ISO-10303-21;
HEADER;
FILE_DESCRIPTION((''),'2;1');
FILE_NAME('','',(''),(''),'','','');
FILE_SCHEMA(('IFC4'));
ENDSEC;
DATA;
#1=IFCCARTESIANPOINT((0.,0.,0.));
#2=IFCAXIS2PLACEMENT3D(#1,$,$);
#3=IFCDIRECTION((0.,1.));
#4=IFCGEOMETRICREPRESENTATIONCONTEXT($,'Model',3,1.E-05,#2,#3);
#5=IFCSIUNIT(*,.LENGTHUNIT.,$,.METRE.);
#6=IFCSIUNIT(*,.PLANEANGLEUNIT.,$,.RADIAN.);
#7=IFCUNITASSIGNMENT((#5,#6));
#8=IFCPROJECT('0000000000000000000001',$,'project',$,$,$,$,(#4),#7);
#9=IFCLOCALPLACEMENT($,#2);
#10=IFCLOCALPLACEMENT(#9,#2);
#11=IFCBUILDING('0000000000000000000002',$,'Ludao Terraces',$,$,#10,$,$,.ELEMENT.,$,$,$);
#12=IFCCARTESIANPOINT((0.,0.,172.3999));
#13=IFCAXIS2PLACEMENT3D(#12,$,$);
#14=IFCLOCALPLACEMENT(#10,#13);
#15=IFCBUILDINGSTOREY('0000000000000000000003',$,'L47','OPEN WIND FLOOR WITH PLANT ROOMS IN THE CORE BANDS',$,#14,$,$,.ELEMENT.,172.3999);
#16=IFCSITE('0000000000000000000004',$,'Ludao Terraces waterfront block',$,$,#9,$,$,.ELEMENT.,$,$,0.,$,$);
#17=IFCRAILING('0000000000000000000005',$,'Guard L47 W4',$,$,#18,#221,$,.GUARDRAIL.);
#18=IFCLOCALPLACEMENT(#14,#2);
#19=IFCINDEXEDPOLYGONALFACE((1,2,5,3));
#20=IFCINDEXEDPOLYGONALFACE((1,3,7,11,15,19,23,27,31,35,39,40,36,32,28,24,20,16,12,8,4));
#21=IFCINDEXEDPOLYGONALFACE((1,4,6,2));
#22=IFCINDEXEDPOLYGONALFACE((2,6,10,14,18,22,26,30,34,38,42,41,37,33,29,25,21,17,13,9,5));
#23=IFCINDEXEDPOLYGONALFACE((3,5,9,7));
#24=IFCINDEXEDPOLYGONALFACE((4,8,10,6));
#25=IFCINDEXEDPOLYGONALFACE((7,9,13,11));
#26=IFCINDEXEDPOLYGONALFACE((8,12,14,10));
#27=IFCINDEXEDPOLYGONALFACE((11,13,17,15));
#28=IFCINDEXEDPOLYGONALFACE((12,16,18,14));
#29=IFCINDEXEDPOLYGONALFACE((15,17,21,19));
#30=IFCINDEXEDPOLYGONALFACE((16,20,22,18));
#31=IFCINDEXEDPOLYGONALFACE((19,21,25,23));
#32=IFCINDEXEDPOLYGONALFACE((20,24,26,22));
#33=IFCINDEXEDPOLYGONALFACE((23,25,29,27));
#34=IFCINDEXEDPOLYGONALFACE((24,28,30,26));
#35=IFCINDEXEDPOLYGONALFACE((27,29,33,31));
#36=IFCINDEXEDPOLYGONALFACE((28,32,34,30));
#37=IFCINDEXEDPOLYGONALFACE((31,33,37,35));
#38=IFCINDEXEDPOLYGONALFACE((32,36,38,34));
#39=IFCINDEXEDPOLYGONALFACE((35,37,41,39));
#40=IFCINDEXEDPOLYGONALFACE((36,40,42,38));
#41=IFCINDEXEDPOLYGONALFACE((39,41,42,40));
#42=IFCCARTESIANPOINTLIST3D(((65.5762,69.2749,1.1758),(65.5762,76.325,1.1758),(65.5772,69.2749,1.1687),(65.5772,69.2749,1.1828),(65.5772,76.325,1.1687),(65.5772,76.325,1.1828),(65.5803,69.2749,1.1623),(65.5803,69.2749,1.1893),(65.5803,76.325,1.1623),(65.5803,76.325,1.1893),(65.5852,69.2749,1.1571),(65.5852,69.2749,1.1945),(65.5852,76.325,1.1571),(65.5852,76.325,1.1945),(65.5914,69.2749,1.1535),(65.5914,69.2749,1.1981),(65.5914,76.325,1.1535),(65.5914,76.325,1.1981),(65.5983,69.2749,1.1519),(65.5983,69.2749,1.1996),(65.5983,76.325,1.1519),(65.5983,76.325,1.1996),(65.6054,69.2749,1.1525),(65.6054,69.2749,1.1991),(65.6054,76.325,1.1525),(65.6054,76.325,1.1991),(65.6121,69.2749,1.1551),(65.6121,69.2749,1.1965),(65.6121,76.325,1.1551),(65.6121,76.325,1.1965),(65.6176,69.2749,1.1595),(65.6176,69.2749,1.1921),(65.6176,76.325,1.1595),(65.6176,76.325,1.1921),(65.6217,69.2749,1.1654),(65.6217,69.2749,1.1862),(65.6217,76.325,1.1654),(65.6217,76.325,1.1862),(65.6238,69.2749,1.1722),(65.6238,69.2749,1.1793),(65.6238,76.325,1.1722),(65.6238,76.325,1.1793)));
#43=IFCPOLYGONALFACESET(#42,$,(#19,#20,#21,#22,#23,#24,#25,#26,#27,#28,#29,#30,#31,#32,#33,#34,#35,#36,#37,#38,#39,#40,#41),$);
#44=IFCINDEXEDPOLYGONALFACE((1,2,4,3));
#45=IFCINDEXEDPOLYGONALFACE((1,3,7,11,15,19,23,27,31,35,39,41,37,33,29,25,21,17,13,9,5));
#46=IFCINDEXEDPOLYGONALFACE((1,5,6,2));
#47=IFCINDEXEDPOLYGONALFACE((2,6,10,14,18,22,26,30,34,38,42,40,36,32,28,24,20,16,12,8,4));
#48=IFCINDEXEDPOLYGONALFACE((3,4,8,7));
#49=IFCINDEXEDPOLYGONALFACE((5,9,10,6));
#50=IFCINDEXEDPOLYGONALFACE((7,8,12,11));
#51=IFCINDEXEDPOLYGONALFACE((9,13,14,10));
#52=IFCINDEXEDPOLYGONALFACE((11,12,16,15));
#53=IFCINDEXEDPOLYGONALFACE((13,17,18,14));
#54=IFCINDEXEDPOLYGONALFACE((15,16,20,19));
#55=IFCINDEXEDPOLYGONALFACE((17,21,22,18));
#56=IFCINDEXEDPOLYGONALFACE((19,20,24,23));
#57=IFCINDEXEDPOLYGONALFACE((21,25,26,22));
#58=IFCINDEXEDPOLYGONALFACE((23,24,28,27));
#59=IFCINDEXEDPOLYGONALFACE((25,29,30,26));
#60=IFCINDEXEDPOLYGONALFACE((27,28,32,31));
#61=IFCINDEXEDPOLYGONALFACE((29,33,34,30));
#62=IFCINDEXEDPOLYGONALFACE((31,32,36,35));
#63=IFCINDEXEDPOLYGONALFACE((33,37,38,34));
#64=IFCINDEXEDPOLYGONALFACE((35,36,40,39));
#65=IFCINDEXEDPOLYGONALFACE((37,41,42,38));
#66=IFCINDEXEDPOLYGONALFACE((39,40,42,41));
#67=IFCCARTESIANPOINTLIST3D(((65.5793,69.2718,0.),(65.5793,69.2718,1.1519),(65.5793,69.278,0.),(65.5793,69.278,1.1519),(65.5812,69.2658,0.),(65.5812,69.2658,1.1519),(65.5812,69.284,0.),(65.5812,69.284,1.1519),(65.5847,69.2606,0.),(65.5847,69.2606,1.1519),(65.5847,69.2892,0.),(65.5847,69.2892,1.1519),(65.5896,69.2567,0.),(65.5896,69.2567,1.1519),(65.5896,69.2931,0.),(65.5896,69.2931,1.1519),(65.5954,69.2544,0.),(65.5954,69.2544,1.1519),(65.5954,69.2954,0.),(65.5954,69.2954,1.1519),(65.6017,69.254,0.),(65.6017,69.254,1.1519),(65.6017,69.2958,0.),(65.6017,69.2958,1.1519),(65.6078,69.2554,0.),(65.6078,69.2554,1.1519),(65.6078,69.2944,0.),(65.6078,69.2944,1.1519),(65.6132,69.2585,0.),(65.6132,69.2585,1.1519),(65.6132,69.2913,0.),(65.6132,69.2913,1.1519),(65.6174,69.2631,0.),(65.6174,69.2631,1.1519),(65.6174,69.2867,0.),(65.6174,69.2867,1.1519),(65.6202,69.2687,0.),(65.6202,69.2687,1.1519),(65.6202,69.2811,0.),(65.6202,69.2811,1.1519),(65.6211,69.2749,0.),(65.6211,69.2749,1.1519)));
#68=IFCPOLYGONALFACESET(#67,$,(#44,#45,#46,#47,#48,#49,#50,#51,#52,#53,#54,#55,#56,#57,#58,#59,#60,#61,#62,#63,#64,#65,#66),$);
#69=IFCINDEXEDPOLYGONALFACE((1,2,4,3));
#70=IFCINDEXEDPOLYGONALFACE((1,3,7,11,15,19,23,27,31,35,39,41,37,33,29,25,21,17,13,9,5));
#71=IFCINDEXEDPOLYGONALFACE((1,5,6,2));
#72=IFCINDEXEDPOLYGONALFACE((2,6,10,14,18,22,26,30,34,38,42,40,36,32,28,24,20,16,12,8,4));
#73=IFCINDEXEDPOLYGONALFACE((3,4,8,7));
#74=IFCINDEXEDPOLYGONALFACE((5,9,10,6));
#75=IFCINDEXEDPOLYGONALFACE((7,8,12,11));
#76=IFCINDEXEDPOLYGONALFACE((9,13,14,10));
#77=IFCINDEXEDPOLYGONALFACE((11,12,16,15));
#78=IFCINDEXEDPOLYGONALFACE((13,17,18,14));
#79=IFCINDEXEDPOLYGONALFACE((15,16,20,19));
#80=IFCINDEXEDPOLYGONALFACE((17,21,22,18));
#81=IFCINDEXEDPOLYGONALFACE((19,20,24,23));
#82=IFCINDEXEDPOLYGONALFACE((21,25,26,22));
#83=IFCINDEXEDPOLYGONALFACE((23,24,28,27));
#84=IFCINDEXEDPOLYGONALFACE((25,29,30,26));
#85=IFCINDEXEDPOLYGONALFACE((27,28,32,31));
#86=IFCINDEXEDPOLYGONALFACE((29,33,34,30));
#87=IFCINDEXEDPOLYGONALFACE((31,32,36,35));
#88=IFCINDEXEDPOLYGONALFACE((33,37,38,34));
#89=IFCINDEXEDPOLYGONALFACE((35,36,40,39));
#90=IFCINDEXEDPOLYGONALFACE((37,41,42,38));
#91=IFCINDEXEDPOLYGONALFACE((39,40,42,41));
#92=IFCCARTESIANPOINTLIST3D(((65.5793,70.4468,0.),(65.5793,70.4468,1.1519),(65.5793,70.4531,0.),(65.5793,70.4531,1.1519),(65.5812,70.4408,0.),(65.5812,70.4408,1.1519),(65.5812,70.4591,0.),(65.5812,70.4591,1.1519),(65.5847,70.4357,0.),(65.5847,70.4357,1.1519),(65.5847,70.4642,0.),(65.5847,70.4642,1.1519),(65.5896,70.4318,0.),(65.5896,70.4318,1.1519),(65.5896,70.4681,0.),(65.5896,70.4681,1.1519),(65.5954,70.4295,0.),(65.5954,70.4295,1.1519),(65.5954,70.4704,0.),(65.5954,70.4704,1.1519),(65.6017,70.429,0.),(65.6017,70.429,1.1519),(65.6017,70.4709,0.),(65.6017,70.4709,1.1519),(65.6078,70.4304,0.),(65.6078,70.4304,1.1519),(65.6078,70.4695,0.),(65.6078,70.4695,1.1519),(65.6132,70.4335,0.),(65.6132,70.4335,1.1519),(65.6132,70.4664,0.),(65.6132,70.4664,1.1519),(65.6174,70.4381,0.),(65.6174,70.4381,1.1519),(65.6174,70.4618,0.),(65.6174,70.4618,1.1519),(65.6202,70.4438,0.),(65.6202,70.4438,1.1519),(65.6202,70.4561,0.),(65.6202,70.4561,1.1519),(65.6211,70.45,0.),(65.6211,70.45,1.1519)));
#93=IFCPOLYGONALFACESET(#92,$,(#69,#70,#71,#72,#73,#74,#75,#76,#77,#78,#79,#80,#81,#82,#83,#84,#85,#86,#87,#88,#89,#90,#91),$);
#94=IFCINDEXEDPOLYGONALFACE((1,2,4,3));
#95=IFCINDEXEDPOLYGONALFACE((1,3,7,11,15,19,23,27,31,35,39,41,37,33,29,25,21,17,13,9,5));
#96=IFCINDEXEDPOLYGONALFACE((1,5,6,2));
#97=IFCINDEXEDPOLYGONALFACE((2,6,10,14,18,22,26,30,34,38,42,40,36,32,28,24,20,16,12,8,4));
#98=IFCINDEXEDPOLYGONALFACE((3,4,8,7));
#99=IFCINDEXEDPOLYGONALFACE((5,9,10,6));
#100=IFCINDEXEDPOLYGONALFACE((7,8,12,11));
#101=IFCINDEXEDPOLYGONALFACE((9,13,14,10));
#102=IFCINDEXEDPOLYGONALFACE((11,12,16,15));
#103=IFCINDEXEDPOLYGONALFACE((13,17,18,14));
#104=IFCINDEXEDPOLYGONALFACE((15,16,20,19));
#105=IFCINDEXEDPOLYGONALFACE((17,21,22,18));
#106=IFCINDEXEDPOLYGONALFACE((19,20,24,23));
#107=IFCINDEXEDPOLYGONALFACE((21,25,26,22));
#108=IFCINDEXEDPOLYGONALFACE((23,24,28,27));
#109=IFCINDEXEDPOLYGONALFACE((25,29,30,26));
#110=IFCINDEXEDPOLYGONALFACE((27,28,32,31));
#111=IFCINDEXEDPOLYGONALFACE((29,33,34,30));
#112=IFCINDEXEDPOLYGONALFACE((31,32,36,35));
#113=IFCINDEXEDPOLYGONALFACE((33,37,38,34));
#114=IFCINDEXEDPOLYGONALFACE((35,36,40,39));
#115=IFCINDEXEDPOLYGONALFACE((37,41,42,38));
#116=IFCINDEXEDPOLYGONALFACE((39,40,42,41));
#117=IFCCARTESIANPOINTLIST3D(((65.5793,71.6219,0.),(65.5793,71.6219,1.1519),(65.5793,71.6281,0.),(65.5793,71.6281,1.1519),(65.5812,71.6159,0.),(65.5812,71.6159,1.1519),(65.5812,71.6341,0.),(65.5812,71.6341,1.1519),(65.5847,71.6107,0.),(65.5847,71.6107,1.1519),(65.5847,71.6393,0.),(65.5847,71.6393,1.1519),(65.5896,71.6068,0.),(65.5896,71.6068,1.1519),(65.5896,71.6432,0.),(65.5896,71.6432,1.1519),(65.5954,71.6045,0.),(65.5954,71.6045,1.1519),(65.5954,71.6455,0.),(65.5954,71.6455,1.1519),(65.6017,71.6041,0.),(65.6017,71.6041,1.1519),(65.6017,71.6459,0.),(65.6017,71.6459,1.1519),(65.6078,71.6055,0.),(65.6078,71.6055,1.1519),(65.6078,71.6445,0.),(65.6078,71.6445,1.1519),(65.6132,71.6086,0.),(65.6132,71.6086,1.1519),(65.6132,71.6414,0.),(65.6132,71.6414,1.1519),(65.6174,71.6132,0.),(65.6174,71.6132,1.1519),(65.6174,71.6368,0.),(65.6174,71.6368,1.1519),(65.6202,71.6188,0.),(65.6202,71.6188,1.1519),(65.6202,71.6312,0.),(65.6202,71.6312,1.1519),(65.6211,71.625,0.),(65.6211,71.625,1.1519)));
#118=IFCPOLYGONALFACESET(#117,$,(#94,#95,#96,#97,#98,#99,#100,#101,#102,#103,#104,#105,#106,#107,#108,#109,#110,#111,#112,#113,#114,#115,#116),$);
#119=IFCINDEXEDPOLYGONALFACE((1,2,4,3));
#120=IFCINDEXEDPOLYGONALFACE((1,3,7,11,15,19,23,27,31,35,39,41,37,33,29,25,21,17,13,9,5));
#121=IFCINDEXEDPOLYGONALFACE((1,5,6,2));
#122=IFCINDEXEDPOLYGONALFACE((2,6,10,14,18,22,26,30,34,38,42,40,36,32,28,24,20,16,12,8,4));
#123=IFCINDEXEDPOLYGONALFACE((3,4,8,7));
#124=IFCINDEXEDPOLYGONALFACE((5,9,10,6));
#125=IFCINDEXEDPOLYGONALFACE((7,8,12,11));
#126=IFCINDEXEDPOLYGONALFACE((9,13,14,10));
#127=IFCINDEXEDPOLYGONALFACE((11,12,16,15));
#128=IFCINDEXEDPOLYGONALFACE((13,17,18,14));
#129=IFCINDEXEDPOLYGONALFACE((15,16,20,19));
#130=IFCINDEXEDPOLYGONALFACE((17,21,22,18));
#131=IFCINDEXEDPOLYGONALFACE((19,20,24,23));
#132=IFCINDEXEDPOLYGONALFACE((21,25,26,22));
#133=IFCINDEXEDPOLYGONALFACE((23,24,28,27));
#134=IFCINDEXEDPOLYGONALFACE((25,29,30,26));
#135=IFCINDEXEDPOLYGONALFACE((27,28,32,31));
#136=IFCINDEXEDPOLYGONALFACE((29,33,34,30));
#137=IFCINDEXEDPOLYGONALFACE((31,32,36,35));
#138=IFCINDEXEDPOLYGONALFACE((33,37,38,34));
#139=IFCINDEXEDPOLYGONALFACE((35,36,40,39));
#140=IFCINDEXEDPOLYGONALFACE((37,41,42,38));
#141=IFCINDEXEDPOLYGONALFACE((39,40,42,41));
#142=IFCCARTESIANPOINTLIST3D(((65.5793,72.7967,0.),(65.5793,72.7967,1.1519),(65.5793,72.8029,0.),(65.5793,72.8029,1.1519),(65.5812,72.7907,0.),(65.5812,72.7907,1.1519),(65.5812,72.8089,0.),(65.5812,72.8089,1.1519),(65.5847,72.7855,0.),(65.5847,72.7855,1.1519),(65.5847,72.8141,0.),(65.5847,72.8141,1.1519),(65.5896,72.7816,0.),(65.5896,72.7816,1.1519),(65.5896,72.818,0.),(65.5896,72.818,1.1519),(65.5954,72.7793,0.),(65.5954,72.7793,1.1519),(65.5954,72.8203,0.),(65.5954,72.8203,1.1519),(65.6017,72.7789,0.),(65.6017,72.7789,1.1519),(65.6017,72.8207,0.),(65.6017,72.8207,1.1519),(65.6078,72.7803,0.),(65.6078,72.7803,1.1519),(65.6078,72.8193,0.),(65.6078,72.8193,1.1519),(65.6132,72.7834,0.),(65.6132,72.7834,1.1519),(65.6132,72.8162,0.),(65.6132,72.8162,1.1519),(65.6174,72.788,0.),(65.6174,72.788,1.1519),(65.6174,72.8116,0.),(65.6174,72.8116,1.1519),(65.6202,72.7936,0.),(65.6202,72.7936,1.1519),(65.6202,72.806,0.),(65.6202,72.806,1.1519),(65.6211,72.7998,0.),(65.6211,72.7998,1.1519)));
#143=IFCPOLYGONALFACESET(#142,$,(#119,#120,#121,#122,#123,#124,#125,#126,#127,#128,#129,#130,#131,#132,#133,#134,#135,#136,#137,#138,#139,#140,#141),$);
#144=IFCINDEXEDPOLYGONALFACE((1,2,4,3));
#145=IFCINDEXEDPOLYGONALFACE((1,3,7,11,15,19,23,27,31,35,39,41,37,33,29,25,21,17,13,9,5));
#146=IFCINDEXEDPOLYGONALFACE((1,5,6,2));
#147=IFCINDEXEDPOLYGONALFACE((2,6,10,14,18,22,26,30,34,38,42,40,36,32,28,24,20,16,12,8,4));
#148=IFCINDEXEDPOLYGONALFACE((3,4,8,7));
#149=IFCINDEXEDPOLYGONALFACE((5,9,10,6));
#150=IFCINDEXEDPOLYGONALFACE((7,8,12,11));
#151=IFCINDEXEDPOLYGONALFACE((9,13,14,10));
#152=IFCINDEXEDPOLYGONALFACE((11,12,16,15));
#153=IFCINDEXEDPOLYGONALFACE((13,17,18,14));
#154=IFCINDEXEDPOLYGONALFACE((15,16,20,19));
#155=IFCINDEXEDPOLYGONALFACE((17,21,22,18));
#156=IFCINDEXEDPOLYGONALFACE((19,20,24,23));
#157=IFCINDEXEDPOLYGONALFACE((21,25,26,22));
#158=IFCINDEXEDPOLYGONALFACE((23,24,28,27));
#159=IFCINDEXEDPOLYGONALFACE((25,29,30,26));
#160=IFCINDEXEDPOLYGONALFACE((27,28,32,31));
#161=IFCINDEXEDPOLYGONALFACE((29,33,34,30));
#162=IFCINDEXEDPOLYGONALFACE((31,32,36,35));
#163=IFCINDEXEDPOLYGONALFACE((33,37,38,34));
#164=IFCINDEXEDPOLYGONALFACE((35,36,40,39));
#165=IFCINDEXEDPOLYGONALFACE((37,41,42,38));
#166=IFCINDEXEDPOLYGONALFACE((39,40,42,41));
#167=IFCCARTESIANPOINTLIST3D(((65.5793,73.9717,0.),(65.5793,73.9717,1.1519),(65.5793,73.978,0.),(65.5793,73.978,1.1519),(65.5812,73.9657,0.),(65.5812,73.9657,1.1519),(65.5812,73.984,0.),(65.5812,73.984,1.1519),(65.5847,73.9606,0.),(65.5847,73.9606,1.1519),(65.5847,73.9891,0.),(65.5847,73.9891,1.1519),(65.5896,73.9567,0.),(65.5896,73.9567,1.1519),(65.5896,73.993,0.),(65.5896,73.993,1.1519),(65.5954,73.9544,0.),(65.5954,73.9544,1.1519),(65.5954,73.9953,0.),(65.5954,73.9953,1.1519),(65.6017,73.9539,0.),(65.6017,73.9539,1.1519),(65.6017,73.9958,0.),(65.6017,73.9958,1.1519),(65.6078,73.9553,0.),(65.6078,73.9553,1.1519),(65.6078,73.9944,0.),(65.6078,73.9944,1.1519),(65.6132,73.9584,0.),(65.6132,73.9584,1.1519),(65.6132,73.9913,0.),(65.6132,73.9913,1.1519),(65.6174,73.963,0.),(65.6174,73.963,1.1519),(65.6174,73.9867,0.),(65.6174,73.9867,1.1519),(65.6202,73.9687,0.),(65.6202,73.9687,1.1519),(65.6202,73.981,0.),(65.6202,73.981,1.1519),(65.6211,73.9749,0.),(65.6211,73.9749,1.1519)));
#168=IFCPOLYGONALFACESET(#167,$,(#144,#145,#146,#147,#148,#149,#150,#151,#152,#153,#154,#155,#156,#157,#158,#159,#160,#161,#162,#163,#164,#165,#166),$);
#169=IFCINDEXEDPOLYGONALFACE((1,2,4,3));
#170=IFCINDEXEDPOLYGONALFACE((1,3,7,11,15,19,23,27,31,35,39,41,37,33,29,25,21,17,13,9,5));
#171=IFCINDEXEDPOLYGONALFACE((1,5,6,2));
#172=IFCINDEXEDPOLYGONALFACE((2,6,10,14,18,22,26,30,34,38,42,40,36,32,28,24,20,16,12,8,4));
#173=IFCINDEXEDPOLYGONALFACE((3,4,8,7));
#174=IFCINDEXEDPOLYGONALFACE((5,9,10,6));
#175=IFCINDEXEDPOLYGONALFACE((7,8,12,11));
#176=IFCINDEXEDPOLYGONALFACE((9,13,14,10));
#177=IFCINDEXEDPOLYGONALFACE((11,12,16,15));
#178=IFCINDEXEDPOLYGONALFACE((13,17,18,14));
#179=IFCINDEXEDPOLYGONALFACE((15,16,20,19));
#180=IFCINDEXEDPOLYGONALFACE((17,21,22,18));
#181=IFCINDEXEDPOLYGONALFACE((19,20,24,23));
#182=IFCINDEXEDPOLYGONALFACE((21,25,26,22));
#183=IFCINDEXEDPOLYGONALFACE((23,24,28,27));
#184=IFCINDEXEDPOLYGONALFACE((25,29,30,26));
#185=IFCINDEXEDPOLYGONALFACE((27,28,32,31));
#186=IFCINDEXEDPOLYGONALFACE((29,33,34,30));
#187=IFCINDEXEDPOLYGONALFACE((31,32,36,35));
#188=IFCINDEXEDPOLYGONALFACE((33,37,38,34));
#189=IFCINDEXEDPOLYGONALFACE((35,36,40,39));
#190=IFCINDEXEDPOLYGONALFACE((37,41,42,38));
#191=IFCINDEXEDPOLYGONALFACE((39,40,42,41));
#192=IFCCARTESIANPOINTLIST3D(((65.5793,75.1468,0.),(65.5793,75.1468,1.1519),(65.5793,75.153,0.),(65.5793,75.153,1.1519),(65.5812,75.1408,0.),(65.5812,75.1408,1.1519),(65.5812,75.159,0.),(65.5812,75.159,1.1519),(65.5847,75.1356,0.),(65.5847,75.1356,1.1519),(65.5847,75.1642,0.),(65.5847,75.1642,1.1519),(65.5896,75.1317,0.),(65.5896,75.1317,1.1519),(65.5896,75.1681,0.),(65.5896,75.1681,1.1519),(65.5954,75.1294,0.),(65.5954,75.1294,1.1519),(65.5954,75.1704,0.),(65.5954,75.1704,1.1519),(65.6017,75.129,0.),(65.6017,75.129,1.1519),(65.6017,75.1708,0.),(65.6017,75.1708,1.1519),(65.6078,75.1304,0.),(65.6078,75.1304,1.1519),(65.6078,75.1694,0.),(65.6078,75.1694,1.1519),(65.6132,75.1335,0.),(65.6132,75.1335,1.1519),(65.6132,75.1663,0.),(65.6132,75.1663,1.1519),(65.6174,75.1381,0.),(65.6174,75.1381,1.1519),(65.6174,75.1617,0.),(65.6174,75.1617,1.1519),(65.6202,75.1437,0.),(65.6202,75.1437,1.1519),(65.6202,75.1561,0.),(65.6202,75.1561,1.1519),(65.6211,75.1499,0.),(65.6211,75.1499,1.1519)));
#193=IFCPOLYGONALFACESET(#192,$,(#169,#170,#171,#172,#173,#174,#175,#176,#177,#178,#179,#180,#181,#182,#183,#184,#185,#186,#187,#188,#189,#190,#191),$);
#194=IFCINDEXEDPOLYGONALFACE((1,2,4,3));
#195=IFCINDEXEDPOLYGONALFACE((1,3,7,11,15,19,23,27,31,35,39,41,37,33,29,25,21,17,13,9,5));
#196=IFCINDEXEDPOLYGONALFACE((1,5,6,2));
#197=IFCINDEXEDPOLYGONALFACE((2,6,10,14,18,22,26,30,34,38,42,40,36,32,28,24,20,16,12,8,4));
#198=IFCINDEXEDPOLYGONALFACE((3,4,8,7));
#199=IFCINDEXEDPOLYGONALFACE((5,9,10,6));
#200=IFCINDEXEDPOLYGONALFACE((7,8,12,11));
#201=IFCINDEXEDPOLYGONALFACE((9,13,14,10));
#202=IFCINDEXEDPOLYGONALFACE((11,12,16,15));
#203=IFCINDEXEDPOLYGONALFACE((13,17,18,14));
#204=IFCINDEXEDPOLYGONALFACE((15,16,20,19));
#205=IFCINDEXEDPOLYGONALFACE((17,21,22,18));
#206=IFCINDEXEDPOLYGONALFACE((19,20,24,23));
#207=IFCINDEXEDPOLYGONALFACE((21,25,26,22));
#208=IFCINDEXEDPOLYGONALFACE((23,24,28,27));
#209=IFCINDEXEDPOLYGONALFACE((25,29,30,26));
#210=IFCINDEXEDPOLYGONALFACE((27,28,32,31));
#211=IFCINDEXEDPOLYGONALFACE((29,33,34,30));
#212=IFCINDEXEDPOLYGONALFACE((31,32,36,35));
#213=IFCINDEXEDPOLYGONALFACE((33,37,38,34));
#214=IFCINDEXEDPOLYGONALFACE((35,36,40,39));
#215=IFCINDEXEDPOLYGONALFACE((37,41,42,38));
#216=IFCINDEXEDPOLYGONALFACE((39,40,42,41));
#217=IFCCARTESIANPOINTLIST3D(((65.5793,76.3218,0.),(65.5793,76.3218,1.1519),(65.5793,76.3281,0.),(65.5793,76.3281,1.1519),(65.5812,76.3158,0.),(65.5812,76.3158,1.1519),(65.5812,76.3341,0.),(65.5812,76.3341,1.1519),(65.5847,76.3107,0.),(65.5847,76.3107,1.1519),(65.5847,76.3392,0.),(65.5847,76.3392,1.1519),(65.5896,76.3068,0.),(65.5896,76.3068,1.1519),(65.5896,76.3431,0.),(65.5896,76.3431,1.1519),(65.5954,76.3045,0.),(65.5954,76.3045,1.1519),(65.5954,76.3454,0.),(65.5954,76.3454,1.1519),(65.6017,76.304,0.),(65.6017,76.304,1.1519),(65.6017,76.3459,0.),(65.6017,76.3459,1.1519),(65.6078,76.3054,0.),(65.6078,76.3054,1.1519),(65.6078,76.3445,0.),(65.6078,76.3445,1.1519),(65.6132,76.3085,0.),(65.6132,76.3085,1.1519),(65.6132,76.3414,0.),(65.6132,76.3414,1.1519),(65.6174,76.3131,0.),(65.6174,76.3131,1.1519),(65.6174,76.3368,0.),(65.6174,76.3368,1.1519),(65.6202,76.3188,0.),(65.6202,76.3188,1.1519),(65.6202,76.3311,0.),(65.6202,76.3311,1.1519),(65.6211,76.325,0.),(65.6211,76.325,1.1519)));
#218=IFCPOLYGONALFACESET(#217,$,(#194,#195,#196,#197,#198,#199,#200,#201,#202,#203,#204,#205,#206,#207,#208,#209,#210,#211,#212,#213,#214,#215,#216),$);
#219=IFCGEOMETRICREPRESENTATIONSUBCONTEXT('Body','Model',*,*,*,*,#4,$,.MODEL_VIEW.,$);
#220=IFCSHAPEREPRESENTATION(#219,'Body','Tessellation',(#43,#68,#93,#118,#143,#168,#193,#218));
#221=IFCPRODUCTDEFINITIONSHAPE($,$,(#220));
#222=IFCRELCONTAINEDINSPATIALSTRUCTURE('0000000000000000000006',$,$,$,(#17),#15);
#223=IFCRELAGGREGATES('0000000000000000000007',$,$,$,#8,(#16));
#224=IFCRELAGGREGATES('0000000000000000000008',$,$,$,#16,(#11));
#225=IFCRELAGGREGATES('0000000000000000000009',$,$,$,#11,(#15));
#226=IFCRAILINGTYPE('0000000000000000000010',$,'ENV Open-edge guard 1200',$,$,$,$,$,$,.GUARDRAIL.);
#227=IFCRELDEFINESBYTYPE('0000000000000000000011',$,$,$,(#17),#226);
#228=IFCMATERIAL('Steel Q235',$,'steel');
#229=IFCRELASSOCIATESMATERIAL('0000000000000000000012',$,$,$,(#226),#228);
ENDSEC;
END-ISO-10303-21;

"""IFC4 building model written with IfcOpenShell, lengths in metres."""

from ifc_helpers import new_model, si_unit, direction, frame, origin, origin_2d, place, context, subcontext, project, spatial, circle, extrude, material, type_object, element, save


model = new_model("IFC4")

# Units and contexts
model_context = context("Model", 3, precision=1e-05, world=origin(), true_north=direction((0.0, 1.0)))
body_context = subcontext(model_context, "Body", "Model", "MODEL_VIEW")
ifc_project = project(units=[si_unit("LENGTHUNIT", "METRE"), si_unit("PLANEANGLEUNIT", "RADIAN")], contexts=[model_context])

# Site, building, storey
site_placement = place(None, origin())
site = spatial("IfcSite", under=ifc_project, at=site_placement, Name="Ludao Terraces waterfront block", CompositionType="ELEMENT", RefElevation=0.0)
building_placement = place(site_placement, origin())
building = spatial("IfcBuilding", under=site, at=building_placement, Name="Ludao Terraces", CompositionType="ELEMENT")
storey_placement = place(building_placement, frame((0.0, 0.0, 172.3999)))
storey = spatial("IfcBuildingStorey", under=building, at=storey_placement, Name="L47", Description="OPEN WIND FLOOR WITH PLANT ROOMS IN THE CORE BANDS", CompositionType="ELEMENT", Elevation=172.3999)

# Shared definitions
ifc_material_1 = material(Name="Steel Q235", Category="steel")

# Railing
railing_type_1 = type_object("IfcRailingType", Name="ENV Open-edge guard 1200", PredefinedType="GUARDRAIL", material=ifc_material_1)
railing_1_placement = place(storey_placement, frame((65.6001, 69.2749, 0.0)))
element("IfcRailing", 1, at=railing_1_placement, inside=storey, type_object=railing_type_1, Name="Guard L47 W4", PredefinedType="GUARDRAIL", context=body_context, shape_type="SweptSolid", body=[
    extrude(circle(Radius=0.0239, at=origin_2d()), frame((0.0, 0.0, 1.1758), z_axis=(0.0, 1.0, 0.0), x_axis=(-1.0, 0.0, 0.0)), (0.0, 0.0, 1.0), 7.05),
    extrude(circle(Radius=0.021, at=origin_2d()), origin(), (0.0, 0.0, 1.0), 1.1519),
    extrude(circle(Radius=0.021, at=origin_2d()), frame((0.0, 1.175, 0.0)), (0.0, 0.0, 1.0), 1.1519),
    extrude(circle(Radius=0.021, at=origin_2d()), frame((0.0, 2.3501, 0.0)), (0.0, 0.0, 1.0), 1.1519),
    extrude(circle(Radius=0.021, at=origin_2d()), frame((0.0, 3.5249, 0.0)), (0.0, 0.0, 1.0), 1.1519),
    extrude(circle(Radius=0.021, at=origin_2d()), frame((0.0, 4.7, 0.0)), (0.0, 0.0, 1.0), 1.1519),
    extrude(circle(Radius=0.021, at=origin_2d()), frame((0.0, 5.875, 0.0)), (0.0, 0.0, 1.0), 1.1519),
    extrude(circle(Radius=0.021, at=origin_2d()), frame((0.0, 7.05, 0.0)), (0.0, 0.0, 1.0), 1.1519),
])

save(model, "model.ifc")
